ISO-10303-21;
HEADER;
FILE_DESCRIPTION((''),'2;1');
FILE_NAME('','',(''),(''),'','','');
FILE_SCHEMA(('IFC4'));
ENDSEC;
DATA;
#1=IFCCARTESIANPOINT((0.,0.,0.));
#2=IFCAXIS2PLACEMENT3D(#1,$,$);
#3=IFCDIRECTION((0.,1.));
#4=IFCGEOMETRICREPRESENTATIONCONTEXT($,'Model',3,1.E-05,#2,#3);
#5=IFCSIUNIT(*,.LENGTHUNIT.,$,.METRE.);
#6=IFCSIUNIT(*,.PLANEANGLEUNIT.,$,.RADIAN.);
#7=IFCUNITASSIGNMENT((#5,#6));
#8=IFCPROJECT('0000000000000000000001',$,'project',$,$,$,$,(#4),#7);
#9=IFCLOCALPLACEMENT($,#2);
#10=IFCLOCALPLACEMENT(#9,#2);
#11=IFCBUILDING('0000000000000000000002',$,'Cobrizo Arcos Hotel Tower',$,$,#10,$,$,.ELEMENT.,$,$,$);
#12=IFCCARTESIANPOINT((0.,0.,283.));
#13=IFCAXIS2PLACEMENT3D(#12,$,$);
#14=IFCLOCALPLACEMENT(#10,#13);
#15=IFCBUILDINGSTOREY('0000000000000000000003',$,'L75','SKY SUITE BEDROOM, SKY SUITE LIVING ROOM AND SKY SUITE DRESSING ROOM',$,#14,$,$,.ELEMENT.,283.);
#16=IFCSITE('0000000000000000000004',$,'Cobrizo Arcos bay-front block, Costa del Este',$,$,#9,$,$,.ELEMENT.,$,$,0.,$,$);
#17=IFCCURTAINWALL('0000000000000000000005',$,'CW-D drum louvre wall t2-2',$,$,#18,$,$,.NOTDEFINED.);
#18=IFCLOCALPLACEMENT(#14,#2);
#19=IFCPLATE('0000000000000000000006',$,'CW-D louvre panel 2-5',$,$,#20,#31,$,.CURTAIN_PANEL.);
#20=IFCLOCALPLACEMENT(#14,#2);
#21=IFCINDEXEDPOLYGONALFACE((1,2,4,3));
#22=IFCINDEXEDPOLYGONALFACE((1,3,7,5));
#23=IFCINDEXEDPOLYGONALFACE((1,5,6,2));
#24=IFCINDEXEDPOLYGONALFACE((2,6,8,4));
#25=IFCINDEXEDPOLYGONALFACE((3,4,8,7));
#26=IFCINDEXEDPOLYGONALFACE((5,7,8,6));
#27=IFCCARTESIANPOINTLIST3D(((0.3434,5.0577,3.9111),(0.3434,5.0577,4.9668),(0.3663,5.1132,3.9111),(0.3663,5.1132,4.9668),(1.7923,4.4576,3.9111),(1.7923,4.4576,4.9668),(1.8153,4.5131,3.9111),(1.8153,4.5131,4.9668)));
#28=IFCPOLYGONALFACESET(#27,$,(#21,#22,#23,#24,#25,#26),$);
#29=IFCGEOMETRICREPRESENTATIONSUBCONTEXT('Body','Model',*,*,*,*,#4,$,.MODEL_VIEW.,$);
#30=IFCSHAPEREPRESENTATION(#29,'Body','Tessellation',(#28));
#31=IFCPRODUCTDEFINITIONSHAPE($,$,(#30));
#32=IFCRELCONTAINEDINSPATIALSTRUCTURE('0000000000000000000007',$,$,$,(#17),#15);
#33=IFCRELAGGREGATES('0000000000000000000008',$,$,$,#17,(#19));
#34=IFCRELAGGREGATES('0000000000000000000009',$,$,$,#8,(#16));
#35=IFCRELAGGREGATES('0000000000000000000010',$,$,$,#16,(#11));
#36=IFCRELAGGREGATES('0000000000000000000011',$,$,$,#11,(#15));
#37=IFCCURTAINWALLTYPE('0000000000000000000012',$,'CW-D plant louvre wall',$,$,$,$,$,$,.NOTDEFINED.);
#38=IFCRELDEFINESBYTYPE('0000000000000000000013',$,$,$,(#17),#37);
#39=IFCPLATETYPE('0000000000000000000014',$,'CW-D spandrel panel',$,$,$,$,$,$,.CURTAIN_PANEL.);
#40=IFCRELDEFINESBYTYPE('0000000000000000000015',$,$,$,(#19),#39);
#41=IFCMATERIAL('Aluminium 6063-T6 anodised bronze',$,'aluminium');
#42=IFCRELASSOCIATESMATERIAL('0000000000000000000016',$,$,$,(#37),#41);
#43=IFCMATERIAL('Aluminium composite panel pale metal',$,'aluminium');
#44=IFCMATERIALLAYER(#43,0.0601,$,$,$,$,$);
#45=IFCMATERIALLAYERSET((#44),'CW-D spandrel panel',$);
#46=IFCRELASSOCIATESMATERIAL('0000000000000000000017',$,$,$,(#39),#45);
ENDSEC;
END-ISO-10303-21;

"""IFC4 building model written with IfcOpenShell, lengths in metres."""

from ifc_helpers import new_model, si_unit, direction, frame, origin, origin_2d, place, context, subcontext, project, spatial, rectangle, extrude, material, layer, layer_set, type_object, element, aggregate, save


model = new_model("IFC4")

# Units and contexts
model_context = context("Model", 3, precision=1e-05, world=origin(), true_north=direction((0.0, 1.0)))
body_context = subcontext(model_context, "Body", "Model", "MODEL_VIEW")
ifc_project = project(units=[si_unit("LENGTHUNIT", "METRE"), si_unit("PLANEANGLEUNIT", "RADIAN")], contexts=[model_context])

# Site, building, storey
site_placement = place(None, origin())
site = spatial("IfcSite", under=ifc_project, at=site_placement, Name="Cobrizo Arcos bay-front block, Costa del Este", CompositionType="ELEMENT", RefElevation=0.0)
building_placement = place(site_placement, origin())
building = spatial("IfcBuilding", under=site, at=building_placement, Name="Cobrizo Arcos Hotel Tower", CompositionType="ELEMENT")
storey_placement = place(building_placement, frame((0.0, 0.0, 283.0)))
storey = spatial("IfcBuildingStorey", under=building, at=storey_placement, Name="L75", Description="SKY SUITE BEDROOM, SKY SUITE LIVING ROOM AND SKY SUITE DRESSING ROOM", CompositionType="ELEMENT", Elevation=283.0)

# Shared definitions
ifc_material_1 = material(Name="Aluminium 6063-T6 anodised bronze", Category="aluminium")

# Curtain wall
curtain_wall_type_1 = type_object("IfcCurtainWallType", Name="CW-D plant louvre wall", PredefinedType="NOTDEFINED", material=ifc_material_1)
curtain_wall_1_placement = place(storey_placement, origin())
curtain_wall_1 = element("IfcCurtainWall", 1, at=curtain_wall_1_placement, inside=storey, type_object=curtain_wall_type_1, Name="CW-D drum louvre wall t2-2", PredefinedType="NOTDEFINED")

# Plate
ifc_material_2 = material(Name="Aluminium composite panel pale metal", Category="aluminium")
ifc_layer_1 = layer(ifc_material_2, 0.0601)
ifc_layer_set_1 = layer_set([ifc_layer_1], Name="CW-D spandrel panel")
plate_type_1 = type_object("IfcPlateType", Name="CW-D spandrel panel", PredefinedType="CURTAIN_PANEL", material=ifc_layer_set_1)
plate_1_placement = place(storey_placement, frame((1.0793, 4.7854, 3.9111), z_axis=(0.0, 0.0, 1.0), x_axis=(-0.92388, 0.382683, 0.0)))
plate_1 = element("IfcPlate", 2, at=plate_1_placement, type_object=plate_type_1, Name="CW-D louvre panel 2-5", PredefinedType="CURTAIN_PANEL", context=body_context, shape_type="SweptSolid", body=[
    extrude(rectangle(XDim=1.5684, YDim=0.0601, at=origin_2d()), origin(), (0.0, 0.0, 1.0), 1.0557),
])
aggregate(curtain_wall_1, [plate_1])

save(model, "model.ifc")
